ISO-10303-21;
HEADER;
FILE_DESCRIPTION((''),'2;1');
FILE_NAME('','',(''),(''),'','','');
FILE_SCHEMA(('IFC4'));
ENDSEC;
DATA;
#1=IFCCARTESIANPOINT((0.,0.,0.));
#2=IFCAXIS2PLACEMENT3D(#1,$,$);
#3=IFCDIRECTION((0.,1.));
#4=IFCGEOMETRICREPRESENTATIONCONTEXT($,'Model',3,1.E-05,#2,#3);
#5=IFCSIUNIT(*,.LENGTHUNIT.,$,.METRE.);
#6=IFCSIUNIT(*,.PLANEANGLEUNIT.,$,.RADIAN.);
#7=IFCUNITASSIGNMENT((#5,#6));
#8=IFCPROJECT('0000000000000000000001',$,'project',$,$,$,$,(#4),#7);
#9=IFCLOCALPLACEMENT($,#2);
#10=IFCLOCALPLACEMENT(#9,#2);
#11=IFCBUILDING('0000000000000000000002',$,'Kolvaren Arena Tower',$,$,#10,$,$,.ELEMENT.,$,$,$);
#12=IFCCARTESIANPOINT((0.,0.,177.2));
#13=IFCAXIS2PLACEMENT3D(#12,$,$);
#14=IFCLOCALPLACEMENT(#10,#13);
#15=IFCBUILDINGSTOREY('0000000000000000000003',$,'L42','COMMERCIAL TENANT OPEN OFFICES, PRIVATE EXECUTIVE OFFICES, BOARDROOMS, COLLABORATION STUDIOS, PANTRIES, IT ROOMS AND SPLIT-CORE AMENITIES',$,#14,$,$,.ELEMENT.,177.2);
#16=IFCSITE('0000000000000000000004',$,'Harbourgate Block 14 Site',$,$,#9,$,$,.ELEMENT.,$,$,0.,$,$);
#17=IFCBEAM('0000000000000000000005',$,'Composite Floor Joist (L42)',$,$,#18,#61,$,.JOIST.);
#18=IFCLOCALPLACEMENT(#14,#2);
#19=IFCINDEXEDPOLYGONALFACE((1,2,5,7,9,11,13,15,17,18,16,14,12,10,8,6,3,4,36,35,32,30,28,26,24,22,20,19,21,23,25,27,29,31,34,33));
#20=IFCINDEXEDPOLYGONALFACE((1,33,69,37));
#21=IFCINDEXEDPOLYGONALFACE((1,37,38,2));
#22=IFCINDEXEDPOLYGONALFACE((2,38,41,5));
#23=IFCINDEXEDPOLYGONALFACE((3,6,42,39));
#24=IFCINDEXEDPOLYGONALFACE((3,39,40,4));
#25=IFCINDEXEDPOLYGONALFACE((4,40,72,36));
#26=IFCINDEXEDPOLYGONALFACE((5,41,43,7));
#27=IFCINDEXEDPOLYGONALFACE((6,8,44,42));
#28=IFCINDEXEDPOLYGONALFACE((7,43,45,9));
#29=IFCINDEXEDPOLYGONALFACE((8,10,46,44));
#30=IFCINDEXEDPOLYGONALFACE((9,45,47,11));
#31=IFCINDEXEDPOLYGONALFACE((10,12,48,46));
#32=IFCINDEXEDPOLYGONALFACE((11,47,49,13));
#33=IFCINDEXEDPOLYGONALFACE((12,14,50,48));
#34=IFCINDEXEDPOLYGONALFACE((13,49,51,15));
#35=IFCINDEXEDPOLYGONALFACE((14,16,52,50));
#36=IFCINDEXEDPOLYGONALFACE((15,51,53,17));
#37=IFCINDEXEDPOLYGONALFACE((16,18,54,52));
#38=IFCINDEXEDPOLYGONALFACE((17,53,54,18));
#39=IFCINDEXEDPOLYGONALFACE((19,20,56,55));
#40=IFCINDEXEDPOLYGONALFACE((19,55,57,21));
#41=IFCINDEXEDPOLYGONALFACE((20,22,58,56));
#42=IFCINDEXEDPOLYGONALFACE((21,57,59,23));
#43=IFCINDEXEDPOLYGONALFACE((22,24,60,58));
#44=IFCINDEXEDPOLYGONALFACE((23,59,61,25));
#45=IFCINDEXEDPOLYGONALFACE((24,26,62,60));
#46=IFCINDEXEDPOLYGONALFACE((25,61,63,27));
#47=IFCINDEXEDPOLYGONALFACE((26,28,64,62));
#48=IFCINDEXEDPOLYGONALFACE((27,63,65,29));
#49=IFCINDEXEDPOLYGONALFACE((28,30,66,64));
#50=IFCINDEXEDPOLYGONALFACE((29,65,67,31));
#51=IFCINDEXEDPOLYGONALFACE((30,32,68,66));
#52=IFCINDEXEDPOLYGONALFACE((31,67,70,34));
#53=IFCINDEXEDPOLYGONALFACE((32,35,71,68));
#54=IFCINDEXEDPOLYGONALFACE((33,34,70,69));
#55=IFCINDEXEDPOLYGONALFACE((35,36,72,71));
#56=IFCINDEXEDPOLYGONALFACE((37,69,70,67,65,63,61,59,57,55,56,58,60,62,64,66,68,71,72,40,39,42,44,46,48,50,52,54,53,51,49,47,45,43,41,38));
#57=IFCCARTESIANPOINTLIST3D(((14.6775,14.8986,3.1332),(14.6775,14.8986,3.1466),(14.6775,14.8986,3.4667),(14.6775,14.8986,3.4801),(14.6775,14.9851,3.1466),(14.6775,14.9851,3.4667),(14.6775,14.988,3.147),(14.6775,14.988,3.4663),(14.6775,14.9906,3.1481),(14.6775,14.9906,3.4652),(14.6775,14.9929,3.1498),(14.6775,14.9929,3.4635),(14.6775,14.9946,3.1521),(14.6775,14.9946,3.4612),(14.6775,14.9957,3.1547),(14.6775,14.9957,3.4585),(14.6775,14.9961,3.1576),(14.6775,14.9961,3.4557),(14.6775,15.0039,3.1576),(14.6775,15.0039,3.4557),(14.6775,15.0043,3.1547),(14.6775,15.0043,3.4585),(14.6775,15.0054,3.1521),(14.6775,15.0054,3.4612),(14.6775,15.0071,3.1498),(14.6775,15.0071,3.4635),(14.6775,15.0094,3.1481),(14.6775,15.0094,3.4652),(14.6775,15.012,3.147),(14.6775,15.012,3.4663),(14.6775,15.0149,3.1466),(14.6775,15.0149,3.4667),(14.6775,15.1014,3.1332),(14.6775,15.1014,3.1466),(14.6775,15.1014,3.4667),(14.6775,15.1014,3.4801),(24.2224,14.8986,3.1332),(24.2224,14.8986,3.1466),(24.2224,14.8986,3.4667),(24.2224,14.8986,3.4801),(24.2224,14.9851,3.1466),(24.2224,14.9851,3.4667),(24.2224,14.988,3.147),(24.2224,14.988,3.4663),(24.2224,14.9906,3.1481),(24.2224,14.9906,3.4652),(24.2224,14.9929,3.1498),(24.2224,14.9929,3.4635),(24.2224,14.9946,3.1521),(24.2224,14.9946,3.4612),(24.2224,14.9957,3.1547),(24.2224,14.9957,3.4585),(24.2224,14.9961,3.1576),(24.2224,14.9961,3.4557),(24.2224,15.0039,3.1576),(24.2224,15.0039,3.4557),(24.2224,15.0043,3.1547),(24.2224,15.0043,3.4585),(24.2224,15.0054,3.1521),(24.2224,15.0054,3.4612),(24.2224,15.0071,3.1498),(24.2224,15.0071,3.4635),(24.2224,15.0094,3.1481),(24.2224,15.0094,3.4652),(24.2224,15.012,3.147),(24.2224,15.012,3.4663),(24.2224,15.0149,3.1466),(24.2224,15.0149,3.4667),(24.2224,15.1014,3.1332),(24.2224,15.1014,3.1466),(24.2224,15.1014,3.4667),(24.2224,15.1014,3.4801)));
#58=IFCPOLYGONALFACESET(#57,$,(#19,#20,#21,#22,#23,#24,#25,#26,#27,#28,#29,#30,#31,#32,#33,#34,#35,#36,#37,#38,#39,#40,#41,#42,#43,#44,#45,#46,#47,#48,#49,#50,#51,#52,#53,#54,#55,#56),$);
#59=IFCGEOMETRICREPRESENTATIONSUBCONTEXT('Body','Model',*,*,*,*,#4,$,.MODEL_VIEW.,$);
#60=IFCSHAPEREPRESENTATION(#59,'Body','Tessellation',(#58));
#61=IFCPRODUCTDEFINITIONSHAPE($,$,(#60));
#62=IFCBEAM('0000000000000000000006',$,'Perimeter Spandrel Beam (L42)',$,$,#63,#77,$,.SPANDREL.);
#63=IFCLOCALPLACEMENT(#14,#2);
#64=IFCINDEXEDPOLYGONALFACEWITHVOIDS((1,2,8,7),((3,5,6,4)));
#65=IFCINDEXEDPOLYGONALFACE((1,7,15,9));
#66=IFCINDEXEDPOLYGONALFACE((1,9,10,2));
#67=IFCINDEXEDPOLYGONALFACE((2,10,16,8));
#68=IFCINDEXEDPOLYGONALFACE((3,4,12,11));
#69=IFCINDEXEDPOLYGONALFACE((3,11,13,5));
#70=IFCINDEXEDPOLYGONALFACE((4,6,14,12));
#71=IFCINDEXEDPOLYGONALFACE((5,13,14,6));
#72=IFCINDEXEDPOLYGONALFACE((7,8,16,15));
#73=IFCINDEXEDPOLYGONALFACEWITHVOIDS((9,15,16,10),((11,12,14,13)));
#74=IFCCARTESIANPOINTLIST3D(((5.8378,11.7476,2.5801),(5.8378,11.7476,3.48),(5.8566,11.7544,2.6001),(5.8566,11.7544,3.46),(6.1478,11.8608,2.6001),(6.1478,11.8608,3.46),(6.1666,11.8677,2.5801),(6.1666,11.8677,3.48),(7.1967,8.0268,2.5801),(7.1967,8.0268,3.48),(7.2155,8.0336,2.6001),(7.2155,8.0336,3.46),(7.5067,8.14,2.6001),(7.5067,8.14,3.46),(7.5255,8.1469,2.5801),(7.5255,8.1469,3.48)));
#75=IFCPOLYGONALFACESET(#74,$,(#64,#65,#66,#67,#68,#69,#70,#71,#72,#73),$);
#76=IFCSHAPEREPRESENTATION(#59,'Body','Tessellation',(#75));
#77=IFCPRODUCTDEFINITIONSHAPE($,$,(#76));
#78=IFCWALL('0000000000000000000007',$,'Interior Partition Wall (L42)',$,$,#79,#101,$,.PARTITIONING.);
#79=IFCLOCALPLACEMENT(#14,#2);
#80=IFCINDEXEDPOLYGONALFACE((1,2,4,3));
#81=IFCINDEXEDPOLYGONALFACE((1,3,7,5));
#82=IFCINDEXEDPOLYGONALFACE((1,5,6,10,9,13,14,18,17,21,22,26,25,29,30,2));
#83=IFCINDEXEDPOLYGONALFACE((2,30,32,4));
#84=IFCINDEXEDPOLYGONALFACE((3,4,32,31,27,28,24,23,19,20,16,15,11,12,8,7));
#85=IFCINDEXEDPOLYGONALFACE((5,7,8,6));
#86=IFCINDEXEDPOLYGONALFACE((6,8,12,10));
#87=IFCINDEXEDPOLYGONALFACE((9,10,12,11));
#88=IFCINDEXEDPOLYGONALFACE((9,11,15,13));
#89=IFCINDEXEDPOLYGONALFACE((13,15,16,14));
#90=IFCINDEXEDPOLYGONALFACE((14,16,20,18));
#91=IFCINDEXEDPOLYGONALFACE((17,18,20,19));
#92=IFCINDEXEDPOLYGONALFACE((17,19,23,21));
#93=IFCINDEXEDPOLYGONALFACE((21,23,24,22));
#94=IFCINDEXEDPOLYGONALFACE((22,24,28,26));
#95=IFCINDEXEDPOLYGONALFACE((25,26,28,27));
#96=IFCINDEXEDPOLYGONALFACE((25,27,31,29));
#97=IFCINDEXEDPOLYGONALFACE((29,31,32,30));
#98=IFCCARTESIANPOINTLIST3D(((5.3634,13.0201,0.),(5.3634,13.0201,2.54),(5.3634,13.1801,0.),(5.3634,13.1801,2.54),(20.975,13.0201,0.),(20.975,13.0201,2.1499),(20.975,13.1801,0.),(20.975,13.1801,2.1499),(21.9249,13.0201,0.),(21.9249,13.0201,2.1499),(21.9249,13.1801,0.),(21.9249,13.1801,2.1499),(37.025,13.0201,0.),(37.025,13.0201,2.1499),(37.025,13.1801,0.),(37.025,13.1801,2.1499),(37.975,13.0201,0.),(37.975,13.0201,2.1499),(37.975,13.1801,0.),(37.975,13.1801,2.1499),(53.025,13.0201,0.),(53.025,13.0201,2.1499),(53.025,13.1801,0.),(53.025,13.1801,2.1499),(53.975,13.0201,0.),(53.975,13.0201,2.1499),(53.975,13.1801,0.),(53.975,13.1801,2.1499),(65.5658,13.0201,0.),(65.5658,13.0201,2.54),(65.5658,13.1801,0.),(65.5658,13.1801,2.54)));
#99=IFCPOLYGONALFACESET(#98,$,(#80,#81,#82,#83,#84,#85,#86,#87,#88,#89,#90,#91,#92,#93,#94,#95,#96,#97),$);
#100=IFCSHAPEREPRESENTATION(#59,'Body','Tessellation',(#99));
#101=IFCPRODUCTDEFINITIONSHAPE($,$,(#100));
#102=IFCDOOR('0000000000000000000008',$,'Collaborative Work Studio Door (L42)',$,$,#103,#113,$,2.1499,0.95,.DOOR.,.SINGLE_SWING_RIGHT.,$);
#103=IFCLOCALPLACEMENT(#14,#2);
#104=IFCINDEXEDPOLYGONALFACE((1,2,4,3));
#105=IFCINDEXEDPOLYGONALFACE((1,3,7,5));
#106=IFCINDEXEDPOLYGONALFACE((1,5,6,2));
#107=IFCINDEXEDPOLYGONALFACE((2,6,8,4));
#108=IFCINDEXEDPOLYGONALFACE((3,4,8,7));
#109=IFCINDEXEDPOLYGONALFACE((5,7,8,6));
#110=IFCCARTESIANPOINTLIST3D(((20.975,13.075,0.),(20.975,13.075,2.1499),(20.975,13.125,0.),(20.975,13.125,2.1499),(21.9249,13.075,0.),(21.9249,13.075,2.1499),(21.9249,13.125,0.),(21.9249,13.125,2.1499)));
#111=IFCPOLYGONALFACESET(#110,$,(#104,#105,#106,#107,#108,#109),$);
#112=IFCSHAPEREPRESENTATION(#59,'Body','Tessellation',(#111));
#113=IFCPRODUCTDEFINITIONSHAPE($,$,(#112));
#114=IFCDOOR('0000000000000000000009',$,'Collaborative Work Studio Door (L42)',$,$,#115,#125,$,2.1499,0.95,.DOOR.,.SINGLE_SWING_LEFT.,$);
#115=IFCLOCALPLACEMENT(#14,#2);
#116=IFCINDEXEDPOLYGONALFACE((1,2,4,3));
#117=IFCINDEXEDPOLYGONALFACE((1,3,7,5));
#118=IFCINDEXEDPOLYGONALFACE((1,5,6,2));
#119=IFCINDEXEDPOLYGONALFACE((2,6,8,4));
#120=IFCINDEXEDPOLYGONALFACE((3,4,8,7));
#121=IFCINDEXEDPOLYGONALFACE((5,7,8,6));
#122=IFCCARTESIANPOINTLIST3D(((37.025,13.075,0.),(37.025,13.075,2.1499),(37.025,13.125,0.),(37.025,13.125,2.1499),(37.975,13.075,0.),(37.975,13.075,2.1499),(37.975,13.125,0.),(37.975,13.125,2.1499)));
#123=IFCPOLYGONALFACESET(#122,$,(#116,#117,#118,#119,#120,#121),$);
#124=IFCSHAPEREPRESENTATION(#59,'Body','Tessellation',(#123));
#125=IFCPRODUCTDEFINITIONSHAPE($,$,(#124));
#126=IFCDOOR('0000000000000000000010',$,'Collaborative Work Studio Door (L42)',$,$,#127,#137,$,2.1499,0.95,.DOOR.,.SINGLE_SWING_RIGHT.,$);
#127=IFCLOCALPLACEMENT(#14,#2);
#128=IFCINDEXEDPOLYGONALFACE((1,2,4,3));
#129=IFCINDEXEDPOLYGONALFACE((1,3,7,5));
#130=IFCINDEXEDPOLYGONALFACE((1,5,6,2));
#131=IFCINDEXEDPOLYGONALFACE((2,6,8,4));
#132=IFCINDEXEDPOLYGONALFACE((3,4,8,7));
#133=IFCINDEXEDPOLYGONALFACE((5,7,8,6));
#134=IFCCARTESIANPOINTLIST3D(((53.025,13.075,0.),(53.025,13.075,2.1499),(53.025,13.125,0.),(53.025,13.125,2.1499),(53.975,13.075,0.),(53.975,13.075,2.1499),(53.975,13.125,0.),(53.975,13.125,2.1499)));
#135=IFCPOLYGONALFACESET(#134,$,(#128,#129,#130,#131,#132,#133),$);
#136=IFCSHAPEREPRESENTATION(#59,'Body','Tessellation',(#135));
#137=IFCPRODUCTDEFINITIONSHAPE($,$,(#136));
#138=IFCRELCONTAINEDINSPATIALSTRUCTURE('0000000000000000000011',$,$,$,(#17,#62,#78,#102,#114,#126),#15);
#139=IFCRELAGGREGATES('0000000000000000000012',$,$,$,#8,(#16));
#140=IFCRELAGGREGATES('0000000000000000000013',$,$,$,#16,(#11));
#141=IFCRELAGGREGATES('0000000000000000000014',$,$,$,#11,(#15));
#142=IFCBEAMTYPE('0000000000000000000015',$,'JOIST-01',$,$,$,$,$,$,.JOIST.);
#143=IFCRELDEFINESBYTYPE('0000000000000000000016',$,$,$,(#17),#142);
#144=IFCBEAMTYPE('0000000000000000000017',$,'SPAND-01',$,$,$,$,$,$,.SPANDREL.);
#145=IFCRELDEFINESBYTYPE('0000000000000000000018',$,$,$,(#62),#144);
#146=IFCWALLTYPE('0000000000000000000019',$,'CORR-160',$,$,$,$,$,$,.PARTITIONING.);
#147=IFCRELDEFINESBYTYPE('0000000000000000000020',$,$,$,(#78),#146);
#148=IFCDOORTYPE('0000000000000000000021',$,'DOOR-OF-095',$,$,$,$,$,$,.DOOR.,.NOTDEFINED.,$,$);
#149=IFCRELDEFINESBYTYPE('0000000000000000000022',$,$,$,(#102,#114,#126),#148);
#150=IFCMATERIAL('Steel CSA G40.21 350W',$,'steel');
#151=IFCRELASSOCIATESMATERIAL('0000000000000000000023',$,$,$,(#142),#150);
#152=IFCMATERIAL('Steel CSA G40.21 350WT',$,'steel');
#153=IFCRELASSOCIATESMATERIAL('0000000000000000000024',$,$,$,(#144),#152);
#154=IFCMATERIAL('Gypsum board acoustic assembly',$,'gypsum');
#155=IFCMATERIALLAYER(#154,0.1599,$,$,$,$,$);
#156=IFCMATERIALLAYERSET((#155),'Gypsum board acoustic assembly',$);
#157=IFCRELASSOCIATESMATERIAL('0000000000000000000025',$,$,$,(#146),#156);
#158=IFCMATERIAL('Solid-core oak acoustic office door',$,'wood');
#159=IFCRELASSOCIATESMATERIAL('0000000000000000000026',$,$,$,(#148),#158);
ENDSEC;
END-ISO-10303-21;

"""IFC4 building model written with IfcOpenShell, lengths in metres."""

from ifc_helpers import new_model, si_unit, direction, frame, frame_2d, origin, origin_2d, place, context, subcontext, project, spatial, rectangle, hollow_rectangle, i_section, extrude, material, layer, layer_set, material_profile, profile_set, type_object, element, fill, save


model = new_model("IFC4")

# Units and contexts
model_context = context("Model", 3, precision=1e-05, world=origin(), true_north=direction((0.0, 1.0)))
body_context = subcontext(model_context, "Body", "Model", "MODEL_VIEW")
ifc_project = project(units=[si_unit("LENGTHUNIT", "METRE"), si_unit("PLANEANGLEUNIT", "RADIAN")], contexts=[model_context])

# Site, building, storey
site_placement = place(None, origin())
site = spatial("IfcSite", under=ifc_project, at=site_placement, Name="Harbourgate Block 14 Site", CompositionType="ELEMENT", RefElevation=0.0)
building_placement = place(site_placement, origin())
building = spatial("IfcBuilding", under=site, at=building_placement, Name="Kolvaren Arena Tower", CompositionType="ELEMENT")
storey_placement = place(building_placement, frame((0.0, 0.0, 177.2)))
storey = spatial("IfcBuildingStorey", under=building, at=storey_placement, Name="L42", Description="COMMERCIAL TENANT OPEN OFFICES, PRIVATE EXECUTIVE OFFICES, BOARDROOMS, COLLABORATION STUDIOS, PANTRIES, IT ROOMS AND SPLIT-CORE AMENITIES", CompositionType="ELEMENT", Elevation=177.2)

# Beams
ifc_material_1 = material(Name="Steel CSA G40.21 350W", Category="steel")
ifc_material_profile_1 = material_profile(ifc_material_1, i_section(OverallWidth=0.2029, OverallDepth=0.3469, WebThickness=0.0078, FlangeThickness=0.0134, FilletRadius=0.011, at=origin_2d()), Name="W360x64")
ifc_profile_set_1 = profile_set([ifc_material_profile_1], Name="Steel CSA G40.21 350W")
beam_type_1 = type_object("IfcBeamType", Name="JOIST-01", PredefinedType="JOIST", material=ifc_profile_set_1)
beam_1_placement = place(storey_placement, frame((14.6775, 15.0, 3.3066), z_axis=(1.0, 0.0, 0.0), x_axis=(0.0, 1.0, 0.0)))
element("IfcBeam", 1, at=beam_1_placement, inside=storey, type_object=beam_type_1, Name="Composite Floor Joist (L42)", PredefinedType="JOIST", context=body_context, shape_type="SweptSolid", body=[
    extrude(i_section(OverallWidth=0.2029, OverallDepth=0.3469, WebThickness=0.0078, FlangeThickness=0.0134, FilletRadius=0.011, at=origin_2d()), origin(), (0.0, 0.0, 1.0), 9.5449),
])
ifc_material_2 = material(Name="Steel CSA G40.21 350WT", Category="steel")
ifc_material_profile_2 = material_profile(ifc_material_2, hollow_rectangle(XDim=0.3501, YDim=0.8999, WallThickness=0.02, at=origin_2d()), Name="HSS 900x350x20")
ifc_profile_set_2 = profile_set([ifc_material_profile_2], Name="Steel CSA G40.21 350WT")
beam_type_2 = type_object("IfcBeamType", Name="SPAND-01", PredefinedType="SPANDREL", material=ifc_profile_set_2)
beam_2_placement = place(storey_placement, frame((6.0022, 11.8076, 3.03), z_axis=(0.343059, -0.939314, 0.0), x_axis=(0.939314, 0.343059, 0.0)))
element("IfcBeam", 2, at=beam_2_placement, inside=storey, type_object=beam_type_2, Name="Perimeter Spandrel Beam (L42)", PredefinedType="SPANDREL", context=body_context, shape_type="SweptSolid", body=[
    extrude(hollow_rectangle(XDim=0.3501, YDim=0.8999, WallThickness=0.02, at=origin_2d()), origin(), (0.0, 0.0, 1.0), 3.9612),
])

# Wall, openings, doors
ifc_material_3 = material(Name="Gypsum board acoustic assembly", Category="gypsum")
ifc_layer_1 = layer(ifc_material_3, 0.1599)
ifc_layer_set_1 = layer_set([ifc_layer_1], Name="Gypsum board acoustic assembly")
wall_type_1 = type_object("IfcWallType", Name="CORR-160", PredefinedType="PARTITIONING", material=ifc_layer_set_1)
wall_1_placement = place(storey_placement, frame((5.3635, 13.1001, 0.0), z_axis=(0.0, 0.0, 1.0), x_axis=(1.0, 0.0, 0.0)))
wall_1 = element("IfcWall", 3, at=wall_1_placement, inside=storey, type_object=wall_type_1, Name="Interior Partition Wall (L42)", PredefinedType="PARTITIONING", context=body_context, shape_type="SweptSolid", body=[
    extrude(rectangle(XDim=60.2024, YDim=0.1599, at=frame_2d((30.1011, 0.0))), origin(), (0.0, 0.0, 1.0), 2.54),
])
opening_1_placement = place(wall_1_placement, frame((15.6113, 0.0, 0.0)))
opening_1 = element("IfcOpeningElement", 4, at=opening_1_placement, cuts=wall_1, PredefinedType="OPENING", context=body_context, shape_type="SweptSolid", body=[
    extrude(rectangle(XDim=0.95, YDim=2.1499, at=frame_2d((0.4751, 1.075))), frame((0.0, 0.0898, 0.0), z_axis=(0.0, -1.0, 0.0), x_axis=(1.0, 0.0, 0.0)), (0.0, 0.0, 1.0), 0.1799),
])
opening_2_placement = place(wall_1_placement, frame((31.6614, 0.0, 0.0)))
opening_2 = element("IfcOpeningElement", 5, at=opening_2_placement, cuts=wall_1, PredefinedType="OPENING", context=body_context, shape_type="SweptSolid", body=[
    extrude(rectangle(XDim=0.95, YDim=2.1499, at=frame_2d((0.4751, 1.075))), frame((0.0, 0.0898, 0.0), z_axis=(0.0, -1.0, 0.0), x_axis=(1.0, 0.0, 0.0)), (0.0, 0.0, 1.0), 0.1799),
])
opening_3_placement = place(wall_1_placement, frame((47.6614, 0.0, 0.0)))
opening_3 = element("IfcOpeningElement", 6, at=opening_3_placement, cuts=wall_1, PredefinedType="OPENING", context=body_context, shape_type="SweptSolid", body=[
    extrude(rectangle(XDim=0.95, YDim=2.1499, at=frame_2d((0.4751, 1.075))), frame((0.0, 0.0898, 0.0), z_axis=(0.0, -1.0, 0.0), x_axis=(1.0, 0.0, 0.0)), (0.0, 0.0, 1.0), 0.1799),
])
ifc_material_4 = material(Name="Solid-core oak acoustic office door", Category="wood")
door_type = type_object("IfcDoorType", Name="DOOR-OF-095", OperationType="NOTDEFINED", PredefinedType="DOOR", material=ifc_material_4)
door_1_placement = place(opening_1_placement, origin())
door_1 = element("IfcDoor", 7, at=door_1_placement, inside=storey, type_object=door_type, Name="Collaborative Work Studio Door (L42)", OperationType="SINGLE_SWING_RIGHT", OverallHeight=2.1499, OverallWidth=0.95, PredefinedType="DOOR", context=body_context, shape_type="SweptSolid", body=[
    extrude(rectangle(XDim=0.95, YDim=2.1499, at=frame_2d((0.4751, 1.075))), frame((0.0, 0.0249, 0.0), z_axis=(0.0, -1.0, 0.0), x_axis=(1.0, 0.0, 0.0)), (0.0, 0.0, 1.0), 0.05),
])
fill(opening_1, door_1)
door_2_placement = place(opening_2_placement, origin())
door_2 = element("IfcDoor", 8, at=door_2_placement, inside=storey, type_object=door_type, Name="Collaborative Work Studio Door (L42)", OperationType="SINGLE_SWING_LEFT", OverallHeight=2.1499, OverallWidth=0.95, PredefinedType="DOOR", context=body_context, shape_type="SweptSolid", body=[
    extrude(rectangle(XDim=0.95, YDim=2.1499, at=frame_2d((0.4751, 1.075))), frame((0.0, 0.0249, 0.0), z_axis=(0.0, -1.0, 0.0), x_axis=(1.0, 0.0, 0.0)), (0.0, 0.0, 1.0), 0.05),
])
fill(opening_2, door_2)
door_3_placement = place(opening_3_placement, origin())
door_3 = element("IfcDoor", 9, at=door_3_placement, inside=storey, type_object=door_type, Name="Collaborative Work Studio Door (L42)", OperationType="SINGLE_SWING_RIGHT", OverallHeight=2.1499, OverallWidth=0.95, PredefinedType="DOOR", context=body_context, shape_type="SweptSolid", body=[
    extrude(rectangle(XDim=0.95, YDim=2.1499, at=frame_2d((0.4751, 1.075))), frame((0.0, 0.0249, 0.0), z_axis=(0.0, -1.0, 0.0), x_axis=(1.0, 0.0, 0.0)), (0.0, 0.0, 1.0), 0.05),
])
fill(opening_3, door_3)

save(model, "model.ifc")
